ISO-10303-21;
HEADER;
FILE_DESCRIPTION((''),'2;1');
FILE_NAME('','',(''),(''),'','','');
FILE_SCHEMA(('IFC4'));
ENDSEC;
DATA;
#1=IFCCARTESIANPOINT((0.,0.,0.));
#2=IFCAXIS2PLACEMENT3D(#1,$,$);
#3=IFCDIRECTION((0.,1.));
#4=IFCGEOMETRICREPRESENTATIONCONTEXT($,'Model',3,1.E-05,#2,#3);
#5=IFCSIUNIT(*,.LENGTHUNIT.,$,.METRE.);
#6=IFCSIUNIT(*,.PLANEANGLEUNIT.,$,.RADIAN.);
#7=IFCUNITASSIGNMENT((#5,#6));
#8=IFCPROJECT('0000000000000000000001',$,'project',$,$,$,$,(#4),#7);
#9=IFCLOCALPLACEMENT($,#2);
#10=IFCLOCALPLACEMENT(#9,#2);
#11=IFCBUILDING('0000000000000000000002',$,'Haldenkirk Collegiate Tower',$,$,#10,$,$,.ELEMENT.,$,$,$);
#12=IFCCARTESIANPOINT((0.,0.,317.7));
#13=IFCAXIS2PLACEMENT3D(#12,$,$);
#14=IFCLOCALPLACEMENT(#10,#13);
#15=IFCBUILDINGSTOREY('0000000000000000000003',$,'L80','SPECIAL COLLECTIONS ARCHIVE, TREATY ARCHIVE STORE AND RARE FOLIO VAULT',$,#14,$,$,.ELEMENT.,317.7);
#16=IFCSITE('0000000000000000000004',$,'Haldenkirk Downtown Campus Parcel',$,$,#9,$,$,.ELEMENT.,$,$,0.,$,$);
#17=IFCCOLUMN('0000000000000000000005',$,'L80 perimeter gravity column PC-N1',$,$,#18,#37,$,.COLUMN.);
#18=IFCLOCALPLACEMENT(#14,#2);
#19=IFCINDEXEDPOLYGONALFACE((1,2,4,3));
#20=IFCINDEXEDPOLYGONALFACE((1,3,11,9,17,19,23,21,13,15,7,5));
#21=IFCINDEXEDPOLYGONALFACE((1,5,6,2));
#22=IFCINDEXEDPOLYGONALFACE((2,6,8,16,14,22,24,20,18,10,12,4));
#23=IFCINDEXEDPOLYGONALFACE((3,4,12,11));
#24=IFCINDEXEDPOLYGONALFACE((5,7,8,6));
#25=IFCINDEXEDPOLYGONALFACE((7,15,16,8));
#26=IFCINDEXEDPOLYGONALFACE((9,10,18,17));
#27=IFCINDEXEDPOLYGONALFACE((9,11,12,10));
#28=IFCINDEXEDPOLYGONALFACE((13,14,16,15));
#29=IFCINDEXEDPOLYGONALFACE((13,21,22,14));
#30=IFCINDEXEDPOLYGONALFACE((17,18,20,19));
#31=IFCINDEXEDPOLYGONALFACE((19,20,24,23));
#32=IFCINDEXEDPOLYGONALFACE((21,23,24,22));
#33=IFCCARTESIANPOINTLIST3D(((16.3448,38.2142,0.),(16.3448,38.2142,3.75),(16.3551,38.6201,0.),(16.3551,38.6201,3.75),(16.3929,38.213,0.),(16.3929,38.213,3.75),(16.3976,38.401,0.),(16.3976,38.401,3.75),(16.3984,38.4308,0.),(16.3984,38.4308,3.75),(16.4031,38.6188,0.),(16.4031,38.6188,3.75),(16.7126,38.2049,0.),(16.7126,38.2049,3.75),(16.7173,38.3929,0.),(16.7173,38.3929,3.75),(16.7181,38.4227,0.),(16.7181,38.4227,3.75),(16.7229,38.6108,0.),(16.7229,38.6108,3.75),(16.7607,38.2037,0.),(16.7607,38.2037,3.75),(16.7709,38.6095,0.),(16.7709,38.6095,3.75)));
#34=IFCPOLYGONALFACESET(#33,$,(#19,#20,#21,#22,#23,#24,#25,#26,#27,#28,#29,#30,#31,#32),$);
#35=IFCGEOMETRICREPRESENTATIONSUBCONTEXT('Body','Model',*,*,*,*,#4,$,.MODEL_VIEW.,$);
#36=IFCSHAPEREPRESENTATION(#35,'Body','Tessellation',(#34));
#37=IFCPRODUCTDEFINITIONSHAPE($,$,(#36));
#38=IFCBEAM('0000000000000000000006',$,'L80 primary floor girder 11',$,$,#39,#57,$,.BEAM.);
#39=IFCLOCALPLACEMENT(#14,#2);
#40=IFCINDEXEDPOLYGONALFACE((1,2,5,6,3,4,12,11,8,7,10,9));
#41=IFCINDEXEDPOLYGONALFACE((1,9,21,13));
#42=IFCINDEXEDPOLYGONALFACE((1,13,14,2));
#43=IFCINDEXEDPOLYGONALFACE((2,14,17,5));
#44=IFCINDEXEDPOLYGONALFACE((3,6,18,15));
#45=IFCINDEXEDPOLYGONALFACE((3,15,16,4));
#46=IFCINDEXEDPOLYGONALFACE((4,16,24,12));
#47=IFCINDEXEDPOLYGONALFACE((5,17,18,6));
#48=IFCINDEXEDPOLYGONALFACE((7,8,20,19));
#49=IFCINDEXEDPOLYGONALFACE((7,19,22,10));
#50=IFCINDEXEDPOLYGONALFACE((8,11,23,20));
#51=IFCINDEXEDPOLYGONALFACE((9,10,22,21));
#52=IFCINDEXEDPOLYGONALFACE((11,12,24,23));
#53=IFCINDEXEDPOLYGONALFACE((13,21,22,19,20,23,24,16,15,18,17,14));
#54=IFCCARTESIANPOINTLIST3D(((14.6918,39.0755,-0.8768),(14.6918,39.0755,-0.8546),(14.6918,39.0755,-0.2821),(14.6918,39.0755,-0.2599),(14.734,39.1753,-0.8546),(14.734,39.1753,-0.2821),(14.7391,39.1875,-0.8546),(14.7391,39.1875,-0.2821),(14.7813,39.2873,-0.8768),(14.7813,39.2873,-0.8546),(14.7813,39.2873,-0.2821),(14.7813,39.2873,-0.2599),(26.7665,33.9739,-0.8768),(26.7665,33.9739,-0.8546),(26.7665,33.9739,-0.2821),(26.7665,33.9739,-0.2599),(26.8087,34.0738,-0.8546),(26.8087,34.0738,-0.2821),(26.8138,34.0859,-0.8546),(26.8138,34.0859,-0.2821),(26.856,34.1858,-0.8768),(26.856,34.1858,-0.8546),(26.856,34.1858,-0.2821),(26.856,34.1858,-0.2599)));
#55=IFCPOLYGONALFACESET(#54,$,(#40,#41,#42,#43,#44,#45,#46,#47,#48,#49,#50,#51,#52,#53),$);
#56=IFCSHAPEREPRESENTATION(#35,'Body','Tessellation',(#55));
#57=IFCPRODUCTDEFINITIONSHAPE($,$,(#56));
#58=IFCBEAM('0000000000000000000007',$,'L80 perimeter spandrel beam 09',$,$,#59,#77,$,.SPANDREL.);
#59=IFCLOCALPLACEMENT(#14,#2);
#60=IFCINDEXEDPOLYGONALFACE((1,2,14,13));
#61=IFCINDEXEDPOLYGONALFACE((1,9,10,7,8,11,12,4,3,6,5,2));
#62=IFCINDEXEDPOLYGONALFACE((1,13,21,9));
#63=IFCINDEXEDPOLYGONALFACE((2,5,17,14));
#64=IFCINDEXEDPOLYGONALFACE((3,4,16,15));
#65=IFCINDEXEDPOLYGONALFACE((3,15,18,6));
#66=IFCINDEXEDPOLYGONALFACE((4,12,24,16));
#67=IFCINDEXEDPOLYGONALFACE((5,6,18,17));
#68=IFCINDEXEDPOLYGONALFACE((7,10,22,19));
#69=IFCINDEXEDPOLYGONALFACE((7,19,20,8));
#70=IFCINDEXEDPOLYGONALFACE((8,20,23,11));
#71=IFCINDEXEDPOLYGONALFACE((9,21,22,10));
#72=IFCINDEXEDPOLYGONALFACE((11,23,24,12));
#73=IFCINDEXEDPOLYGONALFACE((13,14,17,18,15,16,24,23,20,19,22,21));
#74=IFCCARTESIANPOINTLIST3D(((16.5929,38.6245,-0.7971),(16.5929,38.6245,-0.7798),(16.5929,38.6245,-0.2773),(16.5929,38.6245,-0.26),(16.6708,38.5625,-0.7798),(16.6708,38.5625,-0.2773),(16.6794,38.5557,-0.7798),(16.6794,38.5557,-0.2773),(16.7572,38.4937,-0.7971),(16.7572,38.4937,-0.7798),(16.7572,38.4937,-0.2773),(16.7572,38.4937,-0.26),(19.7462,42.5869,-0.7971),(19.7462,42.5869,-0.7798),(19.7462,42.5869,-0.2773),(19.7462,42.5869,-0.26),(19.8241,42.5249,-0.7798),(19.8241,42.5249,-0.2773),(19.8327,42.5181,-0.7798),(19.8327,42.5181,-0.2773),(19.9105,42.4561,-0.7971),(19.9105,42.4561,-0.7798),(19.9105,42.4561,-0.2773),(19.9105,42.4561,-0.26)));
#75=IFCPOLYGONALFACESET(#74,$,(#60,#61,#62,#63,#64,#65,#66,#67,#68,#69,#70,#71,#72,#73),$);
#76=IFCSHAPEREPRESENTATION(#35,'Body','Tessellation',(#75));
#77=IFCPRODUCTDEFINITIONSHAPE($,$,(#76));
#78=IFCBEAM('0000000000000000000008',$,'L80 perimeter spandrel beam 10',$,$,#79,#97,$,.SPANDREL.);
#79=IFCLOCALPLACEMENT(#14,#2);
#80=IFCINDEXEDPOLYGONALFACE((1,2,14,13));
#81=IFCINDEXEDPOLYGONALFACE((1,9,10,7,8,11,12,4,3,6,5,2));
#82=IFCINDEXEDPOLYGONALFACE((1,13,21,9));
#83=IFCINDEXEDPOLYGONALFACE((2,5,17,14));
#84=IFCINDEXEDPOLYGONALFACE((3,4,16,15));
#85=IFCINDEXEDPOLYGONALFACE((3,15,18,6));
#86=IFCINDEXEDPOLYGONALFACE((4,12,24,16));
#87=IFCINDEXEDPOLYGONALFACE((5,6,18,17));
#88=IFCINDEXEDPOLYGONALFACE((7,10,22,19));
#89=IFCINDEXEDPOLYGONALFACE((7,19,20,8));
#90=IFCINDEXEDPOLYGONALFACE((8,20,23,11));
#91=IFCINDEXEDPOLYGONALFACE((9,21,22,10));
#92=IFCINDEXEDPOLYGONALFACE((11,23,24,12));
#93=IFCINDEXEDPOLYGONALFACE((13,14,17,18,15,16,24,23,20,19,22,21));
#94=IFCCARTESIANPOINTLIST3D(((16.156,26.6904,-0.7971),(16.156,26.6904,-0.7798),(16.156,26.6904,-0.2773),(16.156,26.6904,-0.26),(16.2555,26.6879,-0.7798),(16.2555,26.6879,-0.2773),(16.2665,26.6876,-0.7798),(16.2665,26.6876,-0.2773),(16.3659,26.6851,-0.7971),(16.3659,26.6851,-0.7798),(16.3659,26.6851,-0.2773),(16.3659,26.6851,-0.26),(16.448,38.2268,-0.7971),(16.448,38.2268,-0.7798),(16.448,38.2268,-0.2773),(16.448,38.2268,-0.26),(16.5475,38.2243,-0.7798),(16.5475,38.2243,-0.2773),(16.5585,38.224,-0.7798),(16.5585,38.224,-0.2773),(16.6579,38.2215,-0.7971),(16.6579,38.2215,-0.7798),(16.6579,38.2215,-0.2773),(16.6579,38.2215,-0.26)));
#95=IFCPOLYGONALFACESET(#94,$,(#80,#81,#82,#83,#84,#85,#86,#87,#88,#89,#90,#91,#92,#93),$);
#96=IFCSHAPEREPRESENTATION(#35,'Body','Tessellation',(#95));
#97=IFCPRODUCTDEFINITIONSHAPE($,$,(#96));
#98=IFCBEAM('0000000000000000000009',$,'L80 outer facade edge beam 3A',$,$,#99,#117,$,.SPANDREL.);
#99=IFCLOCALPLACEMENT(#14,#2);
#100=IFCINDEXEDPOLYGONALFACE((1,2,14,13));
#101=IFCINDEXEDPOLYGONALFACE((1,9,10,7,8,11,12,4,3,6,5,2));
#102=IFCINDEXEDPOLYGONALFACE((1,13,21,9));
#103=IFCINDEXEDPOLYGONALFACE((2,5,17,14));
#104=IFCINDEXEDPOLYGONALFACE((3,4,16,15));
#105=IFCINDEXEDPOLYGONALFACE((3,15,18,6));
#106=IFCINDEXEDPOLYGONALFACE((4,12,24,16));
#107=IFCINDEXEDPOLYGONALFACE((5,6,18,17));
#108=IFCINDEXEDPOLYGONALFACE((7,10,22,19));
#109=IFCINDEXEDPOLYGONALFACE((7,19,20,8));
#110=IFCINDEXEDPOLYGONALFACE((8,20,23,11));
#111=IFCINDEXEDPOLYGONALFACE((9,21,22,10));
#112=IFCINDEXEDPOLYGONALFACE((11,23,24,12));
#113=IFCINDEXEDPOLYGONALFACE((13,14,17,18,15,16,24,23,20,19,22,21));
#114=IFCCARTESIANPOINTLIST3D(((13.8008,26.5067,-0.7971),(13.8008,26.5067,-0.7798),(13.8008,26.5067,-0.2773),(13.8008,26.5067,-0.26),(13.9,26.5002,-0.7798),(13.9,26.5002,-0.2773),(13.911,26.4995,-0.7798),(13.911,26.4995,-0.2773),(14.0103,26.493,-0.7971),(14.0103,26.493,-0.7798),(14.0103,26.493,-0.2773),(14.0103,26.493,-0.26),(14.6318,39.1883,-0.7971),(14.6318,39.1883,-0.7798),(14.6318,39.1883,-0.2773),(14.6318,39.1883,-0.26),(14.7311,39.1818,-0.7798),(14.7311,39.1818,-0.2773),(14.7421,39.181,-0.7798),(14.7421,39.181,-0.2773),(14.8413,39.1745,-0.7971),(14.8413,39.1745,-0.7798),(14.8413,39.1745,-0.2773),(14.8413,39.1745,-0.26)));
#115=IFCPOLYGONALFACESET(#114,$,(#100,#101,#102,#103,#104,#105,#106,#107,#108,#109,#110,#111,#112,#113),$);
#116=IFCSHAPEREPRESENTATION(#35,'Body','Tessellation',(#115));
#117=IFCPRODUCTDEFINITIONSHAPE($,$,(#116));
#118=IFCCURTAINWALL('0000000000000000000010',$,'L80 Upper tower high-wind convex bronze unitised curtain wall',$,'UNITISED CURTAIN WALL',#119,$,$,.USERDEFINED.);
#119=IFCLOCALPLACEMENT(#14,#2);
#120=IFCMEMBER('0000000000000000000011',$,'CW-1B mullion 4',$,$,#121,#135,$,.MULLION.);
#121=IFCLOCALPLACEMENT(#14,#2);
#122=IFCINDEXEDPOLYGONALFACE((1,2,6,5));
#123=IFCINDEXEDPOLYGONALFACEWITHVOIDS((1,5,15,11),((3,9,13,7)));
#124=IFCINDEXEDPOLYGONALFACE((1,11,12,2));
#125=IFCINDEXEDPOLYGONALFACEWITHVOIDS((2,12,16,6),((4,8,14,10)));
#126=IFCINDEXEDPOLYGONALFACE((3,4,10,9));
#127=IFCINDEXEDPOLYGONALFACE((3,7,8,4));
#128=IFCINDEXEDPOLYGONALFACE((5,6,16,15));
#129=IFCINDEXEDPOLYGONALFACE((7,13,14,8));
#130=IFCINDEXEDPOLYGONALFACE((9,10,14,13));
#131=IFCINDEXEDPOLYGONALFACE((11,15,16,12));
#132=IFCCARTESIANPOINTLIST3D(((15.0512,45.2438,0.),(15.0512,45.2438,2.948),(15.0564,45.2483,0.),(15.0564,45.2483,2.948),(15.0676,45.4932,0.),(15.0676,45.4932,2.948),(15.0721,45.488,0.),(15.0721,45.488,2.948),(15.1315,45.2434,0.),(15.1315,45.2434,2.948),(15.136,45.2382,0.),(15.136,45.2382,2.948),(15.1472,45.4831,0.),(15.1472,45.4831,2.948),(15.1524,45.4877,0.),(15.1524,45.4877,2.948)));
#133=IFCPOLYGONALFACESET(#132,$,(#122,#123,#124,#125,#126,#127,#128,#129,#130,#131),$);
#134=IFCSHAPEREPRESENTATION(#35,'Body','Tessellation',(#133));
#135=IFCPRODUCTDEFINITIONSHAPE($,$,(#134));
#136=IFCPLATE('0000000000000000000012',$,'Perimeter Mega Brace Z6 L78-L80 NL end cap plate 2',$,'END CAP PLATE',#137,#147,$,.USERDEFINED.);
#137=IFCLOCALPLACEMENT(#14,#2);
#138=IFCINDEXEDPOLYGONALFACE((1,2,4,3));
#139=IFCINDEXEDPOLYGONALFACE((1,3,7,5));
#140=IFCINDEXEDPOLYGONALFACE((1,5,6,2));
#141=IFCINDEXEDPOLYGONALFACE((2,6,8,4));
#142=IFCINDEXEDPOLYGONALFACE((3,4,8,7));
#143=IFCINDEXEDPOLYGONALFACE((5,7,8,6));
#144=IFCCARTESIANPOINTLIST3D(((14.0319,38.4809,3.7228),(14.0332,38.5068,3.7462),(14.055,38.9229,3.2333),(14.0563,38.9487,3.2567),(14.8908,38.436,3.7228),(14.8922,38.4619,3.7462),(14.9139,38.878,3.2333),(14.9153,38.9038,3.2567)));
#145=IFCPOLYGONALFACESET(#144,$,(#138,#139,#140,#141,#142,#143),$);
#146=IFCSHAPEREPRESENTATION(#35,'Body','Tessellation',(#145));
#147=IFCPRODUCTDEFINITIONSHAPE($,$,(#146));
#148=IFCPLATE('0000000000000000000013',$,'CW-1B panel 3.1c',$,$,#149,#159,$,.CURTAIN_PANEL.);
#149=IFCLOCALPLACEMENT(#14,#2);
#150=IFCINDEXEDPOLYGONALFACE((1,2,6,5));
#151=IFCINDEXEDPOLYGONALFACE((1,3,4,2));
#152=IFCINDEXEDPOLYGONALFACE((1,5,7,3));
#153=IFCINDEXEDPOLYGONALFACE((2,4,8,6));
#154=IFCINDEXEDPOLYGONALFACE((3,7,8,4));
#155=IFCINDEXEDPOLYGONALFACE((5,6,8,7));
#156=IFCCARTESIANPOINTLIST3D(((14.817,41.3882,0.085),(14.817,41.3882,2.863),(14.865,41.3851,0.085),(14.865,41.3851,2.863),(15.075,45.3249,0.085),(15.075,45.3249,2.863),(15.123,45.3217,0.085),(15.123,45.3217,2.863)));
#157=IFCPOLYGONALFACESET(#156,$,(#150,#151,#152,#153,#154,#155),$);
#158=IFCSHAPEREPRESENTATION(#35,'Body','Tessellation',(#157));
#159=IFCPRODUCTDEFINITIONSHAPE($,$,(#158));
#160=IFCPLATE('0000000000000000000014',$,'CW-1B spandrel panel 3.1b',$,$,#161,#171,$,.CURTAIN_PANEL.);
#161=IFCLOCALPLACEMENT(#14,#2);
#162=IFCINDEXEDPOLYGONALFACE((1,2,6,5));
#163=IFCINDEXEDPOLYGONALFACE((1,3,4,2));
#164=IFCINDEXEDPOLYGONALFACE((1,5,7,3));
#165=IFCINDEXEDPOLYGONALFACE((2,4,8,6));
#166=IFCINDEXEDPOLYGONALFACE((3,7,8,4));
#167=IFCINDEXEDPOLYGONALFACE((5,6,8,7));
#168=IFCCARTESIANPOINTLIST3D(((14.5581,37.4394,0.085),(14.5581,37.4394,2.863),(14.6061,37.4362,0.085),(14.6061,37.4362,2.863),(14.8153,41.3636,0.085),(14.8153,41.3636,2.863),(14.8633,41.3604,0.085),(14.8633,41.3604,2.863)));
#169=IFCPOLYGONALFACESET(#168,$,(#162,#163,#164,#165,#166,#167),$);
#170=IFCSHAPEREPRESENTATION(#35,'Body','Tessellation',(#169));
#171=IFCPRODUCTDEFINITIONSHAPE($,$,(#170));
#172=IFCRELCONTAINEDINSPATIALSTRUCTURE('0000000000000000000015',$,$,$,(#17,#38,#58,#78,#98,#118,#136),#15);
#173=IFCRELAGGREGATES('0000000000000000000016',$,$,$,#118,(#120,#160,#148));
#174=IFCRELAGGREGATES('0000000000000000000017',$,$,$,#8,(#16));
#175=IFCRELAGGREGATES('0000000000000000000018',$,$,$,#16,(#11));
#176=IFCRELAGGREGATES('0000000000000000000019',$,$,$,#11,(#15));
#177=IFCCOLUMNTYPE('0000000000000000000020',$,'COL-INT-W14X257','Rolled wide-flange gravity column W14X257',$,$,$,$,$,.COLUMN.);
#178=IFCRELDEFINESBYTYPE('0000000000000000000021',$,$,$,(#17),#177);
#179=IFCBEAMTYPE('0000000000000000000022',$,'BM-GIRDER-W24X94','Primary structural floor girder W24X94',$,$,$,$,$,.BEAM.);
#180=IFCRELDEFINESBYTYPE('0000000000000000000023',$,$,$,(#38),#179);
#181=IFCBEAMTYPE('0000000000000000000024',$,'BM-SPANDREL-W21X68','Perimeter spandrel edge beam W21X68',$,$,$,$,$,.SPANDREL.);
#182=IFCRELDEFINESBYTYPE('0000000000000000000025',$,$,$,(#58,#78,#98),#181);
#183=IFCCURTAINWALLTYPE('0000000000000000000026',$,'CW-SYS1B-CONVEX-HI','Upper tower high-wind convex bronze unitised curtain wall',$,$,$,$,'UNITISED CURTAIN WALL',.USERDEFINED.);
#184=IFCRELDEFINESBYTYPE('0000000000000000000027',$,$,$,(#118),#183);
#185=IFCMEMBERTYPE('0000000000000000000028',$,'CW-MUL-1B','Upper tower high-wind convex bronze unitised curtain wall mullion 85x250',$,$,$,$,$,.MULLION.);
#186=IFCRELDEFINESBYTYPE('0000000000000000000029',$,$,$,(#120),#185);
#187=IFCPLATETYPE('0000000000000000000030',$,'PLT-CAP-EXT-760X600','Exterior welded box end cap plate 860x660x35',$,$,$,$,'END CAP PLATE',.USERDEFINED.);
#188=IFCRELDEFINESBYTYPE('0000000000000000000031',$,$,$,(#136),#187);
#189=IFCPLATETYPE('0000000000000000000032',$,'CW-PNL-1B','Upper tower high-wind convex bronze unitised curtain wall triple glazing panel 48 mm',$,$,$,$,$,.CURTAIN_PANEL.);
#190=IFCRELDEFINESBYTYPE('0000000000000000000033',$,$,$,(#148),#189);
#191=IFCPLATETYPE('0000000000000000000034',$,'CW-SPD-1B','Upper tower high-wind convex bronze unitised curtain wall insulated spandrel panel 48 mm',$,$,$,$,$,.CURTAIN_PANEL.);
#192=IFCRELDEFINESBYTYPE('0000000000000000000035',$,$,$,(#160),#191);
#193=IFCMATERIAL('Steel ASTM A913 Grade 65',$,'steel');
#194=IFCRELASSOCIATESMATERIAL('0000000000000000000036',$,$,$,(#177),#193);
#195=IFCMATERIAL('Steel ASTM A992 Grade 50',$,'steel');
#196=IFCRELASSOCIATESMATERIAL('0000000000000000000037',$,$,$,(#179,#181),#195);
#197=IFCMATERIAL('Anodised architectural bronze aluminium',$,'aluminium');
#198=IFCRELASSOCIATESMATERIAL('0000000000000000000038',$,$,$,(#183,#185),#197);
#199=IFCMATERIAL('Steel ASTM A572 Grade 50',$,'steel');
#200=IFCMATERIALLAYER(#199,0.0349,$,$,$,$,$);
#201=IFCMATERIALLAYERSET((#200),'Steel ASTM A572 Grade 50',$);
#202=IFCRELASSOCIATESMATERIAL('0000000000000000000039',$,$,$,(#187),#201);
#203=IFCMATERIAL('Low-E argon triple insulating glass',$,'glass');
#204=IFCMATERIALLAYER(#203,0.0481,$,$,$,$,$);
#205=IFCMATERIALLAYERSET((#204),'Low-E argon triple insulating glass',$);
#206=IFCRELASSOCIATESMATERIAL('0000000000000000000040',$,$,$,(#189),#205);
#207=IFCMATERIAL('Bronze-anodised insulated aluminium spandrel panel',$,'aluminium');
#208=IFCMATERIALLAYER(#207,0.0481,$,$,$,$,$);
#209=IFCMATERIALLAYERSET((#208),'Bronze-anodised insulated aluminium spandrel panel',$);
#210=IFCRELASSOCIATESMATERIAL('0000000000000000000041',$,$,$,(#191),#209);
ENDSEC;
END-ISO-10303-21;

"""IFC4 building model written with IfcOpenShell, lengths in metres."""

from ifc_helpers import new_model, si_unit, direction, frame, origin, origin_2d, place, context, subcontext, project, spatial, rectangle, hollow_rectangle, i_section, extrude, source, transform, mapped, material, layer, layer_set, material_profile, profile_set, type_object, element, aggregate, save


model = new_model("IFC4")

# Units and contexts
model_context = context("Model", 3, precision=1e-05, world=origin(), true_north=direction((0.0, 1.0)))
body_context = subcontext(model_context, "Body", "Model", "MODEL_VIEW")
ifc_project = project(units=[si_unit("LENGTHUNIT", "METRE"), si_unit("PLANEANGLEUNIT", "RADIAN")], contexts=[model_context])

# Site, building, storey
site_placement = place(None, origin())
site = spatial("IfcSite", under=ifc_project, at=site_placement, Name="Haldenkirk Downtown Campus Parcel", CompositionType="ELEMENT", RefElevation=0.0)
building_placement = place(site_placement, origin())
building = spatial("IfcBuilding", under=site, at=building_placement, Name="Haldenkirk Collegiate Tower", CompositionType="ELEMENT")
storey_placement = place(building_placement, frame((0.0, 0.0, 317.7)))
storey = spatial("IfcBuildingStorey", under=building, at=storey_placement, Name="L80", Description="SPECIAL COLLECTIONS ARCHIVE, TREATY ARCHIVE STORE AND RARE FOLIO VAULT", CompositionType="ELEMENT", Elevation=317.7)

# Column
ifc_material_1 = material(Name="Steel ASTM A913 Grade 65", Category="steel")
ifc_material_profile_1 = material_profile(ifc_material_1, i_section(OverallWidth=0.406, OverallDepth=0.416, WebThickness=0.0298, FlangeThickness=0.0481, at=origin_2d()), Name="W14X257")
ifc_profile_set_1 = profile_set([ifc_material_profile_1], Name="Steel ASTM A913 Grade 65")
column_type = type_object("IfcColumnType", Name="COL-INT-W14X257", Description="Rolled wide-flange gravity column W14X257", PredefinedType="COLUMN", material=ifc_profile_set_1)
column_placement = place(storey_placement, frame((16.5579, 38.4119, 0.0), z_axis=(0.0, 0.0, 1.0), x_axis=(0.025305, 0.99968, 0.0)))
element("IfcColumn", 1, at=column_placement, inside=storey, type_object=column_type, Name="L80 perimeter gravity column PC-N1", PredefinedType="COLUMN", context=body_context, shape_type="SweptSolid", body=[
    extrude(i_section(OverallWidth=0.406, OverallDepth=0.416, WebThickness=0.0298, FlangeThickness=0.0481, at=origin_2d()), origin(), (0.0, 0.0, 1.0), 3.75),
])

# Beams
ifc_material_2 = material(Name="Steel ASTM A992 Grade 50", Category="steel")
ifc_material_profile_2 = material_profile(ifc_material_2, i_section(OverallWidth=0.23, OverallDepth=0.6169, WebThickness=0.0132, FlangeThickness=0.0222, at=origin_2d()), Name="W24X94")
ifc_profile_set_2 = profile_set([ifc_material_profile_2], Name="Steel ASTM A992 Grade 50")
beam_type_1 = type_object("IfcBeamType", Name="BM-GIRDER-W24X94", Description="Primary structural floor girder W24X94", PredefinedType="BEAM", material=ifc_profile_set_2)
beam_1_placement = place(storey_placement, frame((14.7366, 39.1814, -0.5684), z_axis=(0.921158, -0.389189, 0.0), x_axis=(0.389189, 0.921158, 0.0)))
element("IfcBeam", 2, at=beam_1_placement, inside=storey, type_object=beam_type_1, Name="L80 primary floor girder 11", PredefinedType="BEAM", context=body_context, shape_type="SweptSolid", body=[
    extrude(i_section(OverallWidth=0.23, OverallDepth=0.6169, WebThickness=0.0132, FlangeThickness=0.0222, at=origin_2d()), origin(), (0.0, 0.0, 1.0), 13.1082),
])
ifc_material_profile_3 = material_profile(ifc_material_2, i_section(OverallWidth=0.21, OverallDepth=0.5371, WebThickness=0.011, FlangeThickness=0.0173, at=origin_2d()), Name="W21X68")
ifc_profile_set_3 = profile_set([ifc_material_profile_3], Name="Steel ASTM A992 Grade 50")
beam_type_2 = type_object("IfcBeamType", Name="BM-SPANDREL-W21X68", Description="Perimeter spandrel edge beam W21X68", PredefinedType="SPANDREL", material=ifc_profile_set_3)
beam_2_placement = place(storey_placement, frame((19.8284, 42.5215, -0.5286), z_axis=(-0.622694, -0.782465, 0.0), x_axis=(0.782465, -0.622694, 0.0)))
element("IfcBeam", 3, at=beam_2_placement, inside=storey, type_object=beam_type_2, Name="L80 perimeter spandrel beam 09", PredefinedType="SPANDREL", context=body_context, shape_type="SweptSolid", body=[
    extrude(i_section(OverallWidth=0.21, OverallDepth=0.5371, WebThickness=0.011, FlangeThickness=0.0173, at=origin_2d()), origin(), (0.0, 0.0, 1.0), 5.064),
])
beam_3_placement = place(storey_placement, frame((16.553, 38.2241, -0.5286), z_axis=(-0.025302, -0.99968, 0.0), x_axis=(0.99968, -0.025302, 0.0)))
element("IfcBeam", 4, at=beam_3_placement, inside=storey, type_object=beam_type_2, Name="L80 perimeter spandrel beam 10", PredefinedType="SPANDREL", context=body_context, shape_type="SweptSolid", body=[
    extrude(i_section(OverallWidth=0.21, OverallDepth=0.5371, WebThickness=0.011, FlangeThickness=0.0173, at=origin_2d()), origin(), (0.0, 0.0, 1.0), 11.54),
])
beam_4_placement = place(storey_placement, frame((14.7366, 39.1814, -0.5286), z_axis=(-0.065392, -0.99786, 0.0), x_axis=(0.99786, -0.065392, 0.0)))
element("IfcBeam", 5, at=beam_4_placement, inside=storey, type_object=beam_type_2, Name="L80 outer facade edge beam 3A", PredefinedType="SPANDREL", context=body_context, shape_type="SweptSolid", body=[
    extrude(i_section(OverallWidth=0.21, OverallDepth=0.5371, WebThickness=0.011, FlangeThickness=0.0173, at=origin_2d()), origin(), (0.0, 0.0, 1.0), 12.7087),
])

# Curtain wall, member
ifc_material_3 = material(Name="Anodised architectural bronze aluminium", Category="aluminium")
curtain_wall_type = type_object("IfcCurtainWallType", Name="CW-SYS1B-CONVEX-HI", Description="Upper tower high-wind convex bronze unitised curtain wall", ElementType="UNITISED CURTAIN WALL", PredefinedType="USERDEFINED", material=ifc_material_3)
curtain_wall_placement = place(storey_placement, origin())
curtain_wall = element("IfcCurtainWall", 6, at=curtain_wall_placement, inside=storey, type_object=curtain_wall_type, Name="L80 Upper tower high-wind convex bronze unitised curtain wall", ObjectType="UNITISED CURTAIN WALL", PredefinedType="USERDEFINED")
ifc_material_profile_4 = material_profile(ifc_material_3, hollow_rectangle(XDim=0.085, YDim=0.25, WallThickness=0.0049, at=origin_2d()), Name="CW-MUL-1B")
ifc_profile_set_4 = profile_set([ifc_material_profile_4], Name="Anodised architectural bronze aluminium")
member_type = type_object("IfcMemberType", Name="CW-MUL-1B", Description="Upper tower high-wind convex bronze unitised curtain wall mullion 85x250", PredefinedType="MULLION", material=ifc_profile_set_4)
member_placement = place(storey_placement, frame((15.1018, 45.3657, 0.0), z_axis=(0.0, 0.0, 1.0), x_axis=(-0.997859, 0.065403, 0.0)))
member = element("IfcMember", 7, at=member_placement, type_object=member_type, Name="CW-1B mullion 4", PredefinedType="MULLION", context=body_context, shape_type="SweptSolid", body=[
    extrude(hollow_rectangle(XDim=0.085, YDim=0.25, WallThickness=0.0049, at=origin_2d()), origin(), (0.0, 0.0, 1.0), 2.948),
])

# Plates
ifc_material_4 = material(Name="Steel ASTM A572 Grade 50", Category="steel")
ifc_layer_1 = layer(ifc_material_4, 0.0349)
ifc_layer_set_1 = layer_set([ifc_layer_1], Name="Steel ASTM A572 Grade 50")
plate_type_1 = type_object("IfcPlateType", Name="PLT-CAP-EXT-760X600", Description="Exterior welded box end cap plate 860x660x35", ElementType="END CAP PLATE", PredefinedType="USERDEFINED", material=ifc_layer_set_1)
shared_shape_1 = source(origin(), body_context, "Body", "SweptSolid", [
    extrude(rectangle(XDim=0.8601, YDim=0.6599, at=origin_2d()), origin(), (0.0, 0.0, 1.0), 0.0349),
])
plate_1_placement = place(storey_placement, frame((14.4729, 38.6794, 3.478), z_axis=(0.03874, 0.740802, 0.670606), x_axis=(-0.998635, 0.052224, 0.0)))
element("IfcPlate", 8, at=plate_1_placement, inside=storey, type_object=plate_type_1, Name="Perimeter Mega Brace Z6 L78-L80 NL end cap plate 2", ObjectType="END CAP PLATE", PredefinedType="USERDEFINED", context=body_context, shape_type="MappedRepresentation", body=[
    mapped(shared_shape_1, transform((0.0, 0.0, 0.0), x_axis=(1.0, 0.0, 0.0), y_axis=(0.0, 1.0, 0.0), z_axis=(0.0, 0.0, 1.0), scale=1.0)),
])
ifc_material_5 = material(Name="Low-E argon triple insulating glass", Category="glass")
ifc_layer_2 = layer(ifc_material_5, 0.0481)
ifc_layer_set_2 = layer_set([ifc_layer_2], Name="Low-E argon triple insulating glass")
plate_type_2 = type_object("IfcPlateType", Name="CW-PNL-1B", Description="Upper tower high-wind convex bronze unitised curtain wall triple glazing panel 48 mm", PredefinedType="CURTAIN_PANEL", material=ifc_layer_set_2)
shared_shape_2 = source(origin(), body_context, "Body", "SweptSolid", [
    extrude(rectangle(XDim=3.9451, YDim=0.0481, at=origin_2d()), origin(), (0.0, 0.0, 1.0), 2.7781),
])
plate_2_placement = place(storey_placement, frame((14.97, 43.355, 0.085), z_axis=(0.0, 0.0, 1.0), x_axis=(0.065403, 0.997859, 0.0)))
plate_2 = element("IfcPlate", 9, at=plate_2_placement, type_object=plate_type_2, Name="CW-1B panel 3.1c", PredefinedType="CURTAIN_PANEL", context=body_context, shape_type="MappedRepresentation", body=[
    mapped(shared_shape_2, transform((0.0, 0.0, 0.0), x_axis=(1.0, 0.0, 0.0), y_axis=(0.0, 1.0, 0.0), z_axis=(0.0, 0.0, 1.0), scale=1.0)),
])
ifc_material_6 = material(Name="Bronze-anodised insulated aluminium spandrel panel", Category="aluminium")
ifc_layer_3 = layer(ifc_material_6, 0.0481)
ifc_layer_set_3 = layer_set([ifc_layer_3], Name="Bronze-anodised insulated aluminium spandrel panel")
plate_type_3 = type_object("IfcPlateType", Name="CW-SPD-1B", Description="Upper tower high-wind convex bronze unitised curtain wall insulated spandrel panel 48 mm", PredefinedType="CURTAIN_PANEL", material=ifc_layer_set_3)
shared_shape_3 = source(origin(), body_context, "Body", "SweptSolid", [
    extrude(rectangle(XDim=3.9326, YDim=0.0481, at=origin_2d()), origin(), (0.0, 0.0, 1.0), 2.7781),
])
plate_3_placement = place(storey_placement, frame((14.7107, 39.3999, 0.085), z_axis=(0.0, 0.0, 1.0), x_axis=(0.065403, 0.997859, 0.0)))
plate_3 = element("IfcPlate", 10, at=plate_3_placement, type_object=plate_type_3, Name="CW-1B spandrel panel 3.1b", PredefinedType="CURTAIN_PANEL", context=body_context, shape_type="MappedRepresentation", body=[
    mapped(shared_shape_3, transform((0.0, 0.0, 0.0), x_axis=(1.0, 0.0, 0.0), y_axis=(0.0, 1.0, 0.0), z_axis=(0.0, 0.0, 1.0), scale=1.0)),
])
aggregate(curtain_wall, [member, plate_3, plate_2])

save(model, "model.ifc")
